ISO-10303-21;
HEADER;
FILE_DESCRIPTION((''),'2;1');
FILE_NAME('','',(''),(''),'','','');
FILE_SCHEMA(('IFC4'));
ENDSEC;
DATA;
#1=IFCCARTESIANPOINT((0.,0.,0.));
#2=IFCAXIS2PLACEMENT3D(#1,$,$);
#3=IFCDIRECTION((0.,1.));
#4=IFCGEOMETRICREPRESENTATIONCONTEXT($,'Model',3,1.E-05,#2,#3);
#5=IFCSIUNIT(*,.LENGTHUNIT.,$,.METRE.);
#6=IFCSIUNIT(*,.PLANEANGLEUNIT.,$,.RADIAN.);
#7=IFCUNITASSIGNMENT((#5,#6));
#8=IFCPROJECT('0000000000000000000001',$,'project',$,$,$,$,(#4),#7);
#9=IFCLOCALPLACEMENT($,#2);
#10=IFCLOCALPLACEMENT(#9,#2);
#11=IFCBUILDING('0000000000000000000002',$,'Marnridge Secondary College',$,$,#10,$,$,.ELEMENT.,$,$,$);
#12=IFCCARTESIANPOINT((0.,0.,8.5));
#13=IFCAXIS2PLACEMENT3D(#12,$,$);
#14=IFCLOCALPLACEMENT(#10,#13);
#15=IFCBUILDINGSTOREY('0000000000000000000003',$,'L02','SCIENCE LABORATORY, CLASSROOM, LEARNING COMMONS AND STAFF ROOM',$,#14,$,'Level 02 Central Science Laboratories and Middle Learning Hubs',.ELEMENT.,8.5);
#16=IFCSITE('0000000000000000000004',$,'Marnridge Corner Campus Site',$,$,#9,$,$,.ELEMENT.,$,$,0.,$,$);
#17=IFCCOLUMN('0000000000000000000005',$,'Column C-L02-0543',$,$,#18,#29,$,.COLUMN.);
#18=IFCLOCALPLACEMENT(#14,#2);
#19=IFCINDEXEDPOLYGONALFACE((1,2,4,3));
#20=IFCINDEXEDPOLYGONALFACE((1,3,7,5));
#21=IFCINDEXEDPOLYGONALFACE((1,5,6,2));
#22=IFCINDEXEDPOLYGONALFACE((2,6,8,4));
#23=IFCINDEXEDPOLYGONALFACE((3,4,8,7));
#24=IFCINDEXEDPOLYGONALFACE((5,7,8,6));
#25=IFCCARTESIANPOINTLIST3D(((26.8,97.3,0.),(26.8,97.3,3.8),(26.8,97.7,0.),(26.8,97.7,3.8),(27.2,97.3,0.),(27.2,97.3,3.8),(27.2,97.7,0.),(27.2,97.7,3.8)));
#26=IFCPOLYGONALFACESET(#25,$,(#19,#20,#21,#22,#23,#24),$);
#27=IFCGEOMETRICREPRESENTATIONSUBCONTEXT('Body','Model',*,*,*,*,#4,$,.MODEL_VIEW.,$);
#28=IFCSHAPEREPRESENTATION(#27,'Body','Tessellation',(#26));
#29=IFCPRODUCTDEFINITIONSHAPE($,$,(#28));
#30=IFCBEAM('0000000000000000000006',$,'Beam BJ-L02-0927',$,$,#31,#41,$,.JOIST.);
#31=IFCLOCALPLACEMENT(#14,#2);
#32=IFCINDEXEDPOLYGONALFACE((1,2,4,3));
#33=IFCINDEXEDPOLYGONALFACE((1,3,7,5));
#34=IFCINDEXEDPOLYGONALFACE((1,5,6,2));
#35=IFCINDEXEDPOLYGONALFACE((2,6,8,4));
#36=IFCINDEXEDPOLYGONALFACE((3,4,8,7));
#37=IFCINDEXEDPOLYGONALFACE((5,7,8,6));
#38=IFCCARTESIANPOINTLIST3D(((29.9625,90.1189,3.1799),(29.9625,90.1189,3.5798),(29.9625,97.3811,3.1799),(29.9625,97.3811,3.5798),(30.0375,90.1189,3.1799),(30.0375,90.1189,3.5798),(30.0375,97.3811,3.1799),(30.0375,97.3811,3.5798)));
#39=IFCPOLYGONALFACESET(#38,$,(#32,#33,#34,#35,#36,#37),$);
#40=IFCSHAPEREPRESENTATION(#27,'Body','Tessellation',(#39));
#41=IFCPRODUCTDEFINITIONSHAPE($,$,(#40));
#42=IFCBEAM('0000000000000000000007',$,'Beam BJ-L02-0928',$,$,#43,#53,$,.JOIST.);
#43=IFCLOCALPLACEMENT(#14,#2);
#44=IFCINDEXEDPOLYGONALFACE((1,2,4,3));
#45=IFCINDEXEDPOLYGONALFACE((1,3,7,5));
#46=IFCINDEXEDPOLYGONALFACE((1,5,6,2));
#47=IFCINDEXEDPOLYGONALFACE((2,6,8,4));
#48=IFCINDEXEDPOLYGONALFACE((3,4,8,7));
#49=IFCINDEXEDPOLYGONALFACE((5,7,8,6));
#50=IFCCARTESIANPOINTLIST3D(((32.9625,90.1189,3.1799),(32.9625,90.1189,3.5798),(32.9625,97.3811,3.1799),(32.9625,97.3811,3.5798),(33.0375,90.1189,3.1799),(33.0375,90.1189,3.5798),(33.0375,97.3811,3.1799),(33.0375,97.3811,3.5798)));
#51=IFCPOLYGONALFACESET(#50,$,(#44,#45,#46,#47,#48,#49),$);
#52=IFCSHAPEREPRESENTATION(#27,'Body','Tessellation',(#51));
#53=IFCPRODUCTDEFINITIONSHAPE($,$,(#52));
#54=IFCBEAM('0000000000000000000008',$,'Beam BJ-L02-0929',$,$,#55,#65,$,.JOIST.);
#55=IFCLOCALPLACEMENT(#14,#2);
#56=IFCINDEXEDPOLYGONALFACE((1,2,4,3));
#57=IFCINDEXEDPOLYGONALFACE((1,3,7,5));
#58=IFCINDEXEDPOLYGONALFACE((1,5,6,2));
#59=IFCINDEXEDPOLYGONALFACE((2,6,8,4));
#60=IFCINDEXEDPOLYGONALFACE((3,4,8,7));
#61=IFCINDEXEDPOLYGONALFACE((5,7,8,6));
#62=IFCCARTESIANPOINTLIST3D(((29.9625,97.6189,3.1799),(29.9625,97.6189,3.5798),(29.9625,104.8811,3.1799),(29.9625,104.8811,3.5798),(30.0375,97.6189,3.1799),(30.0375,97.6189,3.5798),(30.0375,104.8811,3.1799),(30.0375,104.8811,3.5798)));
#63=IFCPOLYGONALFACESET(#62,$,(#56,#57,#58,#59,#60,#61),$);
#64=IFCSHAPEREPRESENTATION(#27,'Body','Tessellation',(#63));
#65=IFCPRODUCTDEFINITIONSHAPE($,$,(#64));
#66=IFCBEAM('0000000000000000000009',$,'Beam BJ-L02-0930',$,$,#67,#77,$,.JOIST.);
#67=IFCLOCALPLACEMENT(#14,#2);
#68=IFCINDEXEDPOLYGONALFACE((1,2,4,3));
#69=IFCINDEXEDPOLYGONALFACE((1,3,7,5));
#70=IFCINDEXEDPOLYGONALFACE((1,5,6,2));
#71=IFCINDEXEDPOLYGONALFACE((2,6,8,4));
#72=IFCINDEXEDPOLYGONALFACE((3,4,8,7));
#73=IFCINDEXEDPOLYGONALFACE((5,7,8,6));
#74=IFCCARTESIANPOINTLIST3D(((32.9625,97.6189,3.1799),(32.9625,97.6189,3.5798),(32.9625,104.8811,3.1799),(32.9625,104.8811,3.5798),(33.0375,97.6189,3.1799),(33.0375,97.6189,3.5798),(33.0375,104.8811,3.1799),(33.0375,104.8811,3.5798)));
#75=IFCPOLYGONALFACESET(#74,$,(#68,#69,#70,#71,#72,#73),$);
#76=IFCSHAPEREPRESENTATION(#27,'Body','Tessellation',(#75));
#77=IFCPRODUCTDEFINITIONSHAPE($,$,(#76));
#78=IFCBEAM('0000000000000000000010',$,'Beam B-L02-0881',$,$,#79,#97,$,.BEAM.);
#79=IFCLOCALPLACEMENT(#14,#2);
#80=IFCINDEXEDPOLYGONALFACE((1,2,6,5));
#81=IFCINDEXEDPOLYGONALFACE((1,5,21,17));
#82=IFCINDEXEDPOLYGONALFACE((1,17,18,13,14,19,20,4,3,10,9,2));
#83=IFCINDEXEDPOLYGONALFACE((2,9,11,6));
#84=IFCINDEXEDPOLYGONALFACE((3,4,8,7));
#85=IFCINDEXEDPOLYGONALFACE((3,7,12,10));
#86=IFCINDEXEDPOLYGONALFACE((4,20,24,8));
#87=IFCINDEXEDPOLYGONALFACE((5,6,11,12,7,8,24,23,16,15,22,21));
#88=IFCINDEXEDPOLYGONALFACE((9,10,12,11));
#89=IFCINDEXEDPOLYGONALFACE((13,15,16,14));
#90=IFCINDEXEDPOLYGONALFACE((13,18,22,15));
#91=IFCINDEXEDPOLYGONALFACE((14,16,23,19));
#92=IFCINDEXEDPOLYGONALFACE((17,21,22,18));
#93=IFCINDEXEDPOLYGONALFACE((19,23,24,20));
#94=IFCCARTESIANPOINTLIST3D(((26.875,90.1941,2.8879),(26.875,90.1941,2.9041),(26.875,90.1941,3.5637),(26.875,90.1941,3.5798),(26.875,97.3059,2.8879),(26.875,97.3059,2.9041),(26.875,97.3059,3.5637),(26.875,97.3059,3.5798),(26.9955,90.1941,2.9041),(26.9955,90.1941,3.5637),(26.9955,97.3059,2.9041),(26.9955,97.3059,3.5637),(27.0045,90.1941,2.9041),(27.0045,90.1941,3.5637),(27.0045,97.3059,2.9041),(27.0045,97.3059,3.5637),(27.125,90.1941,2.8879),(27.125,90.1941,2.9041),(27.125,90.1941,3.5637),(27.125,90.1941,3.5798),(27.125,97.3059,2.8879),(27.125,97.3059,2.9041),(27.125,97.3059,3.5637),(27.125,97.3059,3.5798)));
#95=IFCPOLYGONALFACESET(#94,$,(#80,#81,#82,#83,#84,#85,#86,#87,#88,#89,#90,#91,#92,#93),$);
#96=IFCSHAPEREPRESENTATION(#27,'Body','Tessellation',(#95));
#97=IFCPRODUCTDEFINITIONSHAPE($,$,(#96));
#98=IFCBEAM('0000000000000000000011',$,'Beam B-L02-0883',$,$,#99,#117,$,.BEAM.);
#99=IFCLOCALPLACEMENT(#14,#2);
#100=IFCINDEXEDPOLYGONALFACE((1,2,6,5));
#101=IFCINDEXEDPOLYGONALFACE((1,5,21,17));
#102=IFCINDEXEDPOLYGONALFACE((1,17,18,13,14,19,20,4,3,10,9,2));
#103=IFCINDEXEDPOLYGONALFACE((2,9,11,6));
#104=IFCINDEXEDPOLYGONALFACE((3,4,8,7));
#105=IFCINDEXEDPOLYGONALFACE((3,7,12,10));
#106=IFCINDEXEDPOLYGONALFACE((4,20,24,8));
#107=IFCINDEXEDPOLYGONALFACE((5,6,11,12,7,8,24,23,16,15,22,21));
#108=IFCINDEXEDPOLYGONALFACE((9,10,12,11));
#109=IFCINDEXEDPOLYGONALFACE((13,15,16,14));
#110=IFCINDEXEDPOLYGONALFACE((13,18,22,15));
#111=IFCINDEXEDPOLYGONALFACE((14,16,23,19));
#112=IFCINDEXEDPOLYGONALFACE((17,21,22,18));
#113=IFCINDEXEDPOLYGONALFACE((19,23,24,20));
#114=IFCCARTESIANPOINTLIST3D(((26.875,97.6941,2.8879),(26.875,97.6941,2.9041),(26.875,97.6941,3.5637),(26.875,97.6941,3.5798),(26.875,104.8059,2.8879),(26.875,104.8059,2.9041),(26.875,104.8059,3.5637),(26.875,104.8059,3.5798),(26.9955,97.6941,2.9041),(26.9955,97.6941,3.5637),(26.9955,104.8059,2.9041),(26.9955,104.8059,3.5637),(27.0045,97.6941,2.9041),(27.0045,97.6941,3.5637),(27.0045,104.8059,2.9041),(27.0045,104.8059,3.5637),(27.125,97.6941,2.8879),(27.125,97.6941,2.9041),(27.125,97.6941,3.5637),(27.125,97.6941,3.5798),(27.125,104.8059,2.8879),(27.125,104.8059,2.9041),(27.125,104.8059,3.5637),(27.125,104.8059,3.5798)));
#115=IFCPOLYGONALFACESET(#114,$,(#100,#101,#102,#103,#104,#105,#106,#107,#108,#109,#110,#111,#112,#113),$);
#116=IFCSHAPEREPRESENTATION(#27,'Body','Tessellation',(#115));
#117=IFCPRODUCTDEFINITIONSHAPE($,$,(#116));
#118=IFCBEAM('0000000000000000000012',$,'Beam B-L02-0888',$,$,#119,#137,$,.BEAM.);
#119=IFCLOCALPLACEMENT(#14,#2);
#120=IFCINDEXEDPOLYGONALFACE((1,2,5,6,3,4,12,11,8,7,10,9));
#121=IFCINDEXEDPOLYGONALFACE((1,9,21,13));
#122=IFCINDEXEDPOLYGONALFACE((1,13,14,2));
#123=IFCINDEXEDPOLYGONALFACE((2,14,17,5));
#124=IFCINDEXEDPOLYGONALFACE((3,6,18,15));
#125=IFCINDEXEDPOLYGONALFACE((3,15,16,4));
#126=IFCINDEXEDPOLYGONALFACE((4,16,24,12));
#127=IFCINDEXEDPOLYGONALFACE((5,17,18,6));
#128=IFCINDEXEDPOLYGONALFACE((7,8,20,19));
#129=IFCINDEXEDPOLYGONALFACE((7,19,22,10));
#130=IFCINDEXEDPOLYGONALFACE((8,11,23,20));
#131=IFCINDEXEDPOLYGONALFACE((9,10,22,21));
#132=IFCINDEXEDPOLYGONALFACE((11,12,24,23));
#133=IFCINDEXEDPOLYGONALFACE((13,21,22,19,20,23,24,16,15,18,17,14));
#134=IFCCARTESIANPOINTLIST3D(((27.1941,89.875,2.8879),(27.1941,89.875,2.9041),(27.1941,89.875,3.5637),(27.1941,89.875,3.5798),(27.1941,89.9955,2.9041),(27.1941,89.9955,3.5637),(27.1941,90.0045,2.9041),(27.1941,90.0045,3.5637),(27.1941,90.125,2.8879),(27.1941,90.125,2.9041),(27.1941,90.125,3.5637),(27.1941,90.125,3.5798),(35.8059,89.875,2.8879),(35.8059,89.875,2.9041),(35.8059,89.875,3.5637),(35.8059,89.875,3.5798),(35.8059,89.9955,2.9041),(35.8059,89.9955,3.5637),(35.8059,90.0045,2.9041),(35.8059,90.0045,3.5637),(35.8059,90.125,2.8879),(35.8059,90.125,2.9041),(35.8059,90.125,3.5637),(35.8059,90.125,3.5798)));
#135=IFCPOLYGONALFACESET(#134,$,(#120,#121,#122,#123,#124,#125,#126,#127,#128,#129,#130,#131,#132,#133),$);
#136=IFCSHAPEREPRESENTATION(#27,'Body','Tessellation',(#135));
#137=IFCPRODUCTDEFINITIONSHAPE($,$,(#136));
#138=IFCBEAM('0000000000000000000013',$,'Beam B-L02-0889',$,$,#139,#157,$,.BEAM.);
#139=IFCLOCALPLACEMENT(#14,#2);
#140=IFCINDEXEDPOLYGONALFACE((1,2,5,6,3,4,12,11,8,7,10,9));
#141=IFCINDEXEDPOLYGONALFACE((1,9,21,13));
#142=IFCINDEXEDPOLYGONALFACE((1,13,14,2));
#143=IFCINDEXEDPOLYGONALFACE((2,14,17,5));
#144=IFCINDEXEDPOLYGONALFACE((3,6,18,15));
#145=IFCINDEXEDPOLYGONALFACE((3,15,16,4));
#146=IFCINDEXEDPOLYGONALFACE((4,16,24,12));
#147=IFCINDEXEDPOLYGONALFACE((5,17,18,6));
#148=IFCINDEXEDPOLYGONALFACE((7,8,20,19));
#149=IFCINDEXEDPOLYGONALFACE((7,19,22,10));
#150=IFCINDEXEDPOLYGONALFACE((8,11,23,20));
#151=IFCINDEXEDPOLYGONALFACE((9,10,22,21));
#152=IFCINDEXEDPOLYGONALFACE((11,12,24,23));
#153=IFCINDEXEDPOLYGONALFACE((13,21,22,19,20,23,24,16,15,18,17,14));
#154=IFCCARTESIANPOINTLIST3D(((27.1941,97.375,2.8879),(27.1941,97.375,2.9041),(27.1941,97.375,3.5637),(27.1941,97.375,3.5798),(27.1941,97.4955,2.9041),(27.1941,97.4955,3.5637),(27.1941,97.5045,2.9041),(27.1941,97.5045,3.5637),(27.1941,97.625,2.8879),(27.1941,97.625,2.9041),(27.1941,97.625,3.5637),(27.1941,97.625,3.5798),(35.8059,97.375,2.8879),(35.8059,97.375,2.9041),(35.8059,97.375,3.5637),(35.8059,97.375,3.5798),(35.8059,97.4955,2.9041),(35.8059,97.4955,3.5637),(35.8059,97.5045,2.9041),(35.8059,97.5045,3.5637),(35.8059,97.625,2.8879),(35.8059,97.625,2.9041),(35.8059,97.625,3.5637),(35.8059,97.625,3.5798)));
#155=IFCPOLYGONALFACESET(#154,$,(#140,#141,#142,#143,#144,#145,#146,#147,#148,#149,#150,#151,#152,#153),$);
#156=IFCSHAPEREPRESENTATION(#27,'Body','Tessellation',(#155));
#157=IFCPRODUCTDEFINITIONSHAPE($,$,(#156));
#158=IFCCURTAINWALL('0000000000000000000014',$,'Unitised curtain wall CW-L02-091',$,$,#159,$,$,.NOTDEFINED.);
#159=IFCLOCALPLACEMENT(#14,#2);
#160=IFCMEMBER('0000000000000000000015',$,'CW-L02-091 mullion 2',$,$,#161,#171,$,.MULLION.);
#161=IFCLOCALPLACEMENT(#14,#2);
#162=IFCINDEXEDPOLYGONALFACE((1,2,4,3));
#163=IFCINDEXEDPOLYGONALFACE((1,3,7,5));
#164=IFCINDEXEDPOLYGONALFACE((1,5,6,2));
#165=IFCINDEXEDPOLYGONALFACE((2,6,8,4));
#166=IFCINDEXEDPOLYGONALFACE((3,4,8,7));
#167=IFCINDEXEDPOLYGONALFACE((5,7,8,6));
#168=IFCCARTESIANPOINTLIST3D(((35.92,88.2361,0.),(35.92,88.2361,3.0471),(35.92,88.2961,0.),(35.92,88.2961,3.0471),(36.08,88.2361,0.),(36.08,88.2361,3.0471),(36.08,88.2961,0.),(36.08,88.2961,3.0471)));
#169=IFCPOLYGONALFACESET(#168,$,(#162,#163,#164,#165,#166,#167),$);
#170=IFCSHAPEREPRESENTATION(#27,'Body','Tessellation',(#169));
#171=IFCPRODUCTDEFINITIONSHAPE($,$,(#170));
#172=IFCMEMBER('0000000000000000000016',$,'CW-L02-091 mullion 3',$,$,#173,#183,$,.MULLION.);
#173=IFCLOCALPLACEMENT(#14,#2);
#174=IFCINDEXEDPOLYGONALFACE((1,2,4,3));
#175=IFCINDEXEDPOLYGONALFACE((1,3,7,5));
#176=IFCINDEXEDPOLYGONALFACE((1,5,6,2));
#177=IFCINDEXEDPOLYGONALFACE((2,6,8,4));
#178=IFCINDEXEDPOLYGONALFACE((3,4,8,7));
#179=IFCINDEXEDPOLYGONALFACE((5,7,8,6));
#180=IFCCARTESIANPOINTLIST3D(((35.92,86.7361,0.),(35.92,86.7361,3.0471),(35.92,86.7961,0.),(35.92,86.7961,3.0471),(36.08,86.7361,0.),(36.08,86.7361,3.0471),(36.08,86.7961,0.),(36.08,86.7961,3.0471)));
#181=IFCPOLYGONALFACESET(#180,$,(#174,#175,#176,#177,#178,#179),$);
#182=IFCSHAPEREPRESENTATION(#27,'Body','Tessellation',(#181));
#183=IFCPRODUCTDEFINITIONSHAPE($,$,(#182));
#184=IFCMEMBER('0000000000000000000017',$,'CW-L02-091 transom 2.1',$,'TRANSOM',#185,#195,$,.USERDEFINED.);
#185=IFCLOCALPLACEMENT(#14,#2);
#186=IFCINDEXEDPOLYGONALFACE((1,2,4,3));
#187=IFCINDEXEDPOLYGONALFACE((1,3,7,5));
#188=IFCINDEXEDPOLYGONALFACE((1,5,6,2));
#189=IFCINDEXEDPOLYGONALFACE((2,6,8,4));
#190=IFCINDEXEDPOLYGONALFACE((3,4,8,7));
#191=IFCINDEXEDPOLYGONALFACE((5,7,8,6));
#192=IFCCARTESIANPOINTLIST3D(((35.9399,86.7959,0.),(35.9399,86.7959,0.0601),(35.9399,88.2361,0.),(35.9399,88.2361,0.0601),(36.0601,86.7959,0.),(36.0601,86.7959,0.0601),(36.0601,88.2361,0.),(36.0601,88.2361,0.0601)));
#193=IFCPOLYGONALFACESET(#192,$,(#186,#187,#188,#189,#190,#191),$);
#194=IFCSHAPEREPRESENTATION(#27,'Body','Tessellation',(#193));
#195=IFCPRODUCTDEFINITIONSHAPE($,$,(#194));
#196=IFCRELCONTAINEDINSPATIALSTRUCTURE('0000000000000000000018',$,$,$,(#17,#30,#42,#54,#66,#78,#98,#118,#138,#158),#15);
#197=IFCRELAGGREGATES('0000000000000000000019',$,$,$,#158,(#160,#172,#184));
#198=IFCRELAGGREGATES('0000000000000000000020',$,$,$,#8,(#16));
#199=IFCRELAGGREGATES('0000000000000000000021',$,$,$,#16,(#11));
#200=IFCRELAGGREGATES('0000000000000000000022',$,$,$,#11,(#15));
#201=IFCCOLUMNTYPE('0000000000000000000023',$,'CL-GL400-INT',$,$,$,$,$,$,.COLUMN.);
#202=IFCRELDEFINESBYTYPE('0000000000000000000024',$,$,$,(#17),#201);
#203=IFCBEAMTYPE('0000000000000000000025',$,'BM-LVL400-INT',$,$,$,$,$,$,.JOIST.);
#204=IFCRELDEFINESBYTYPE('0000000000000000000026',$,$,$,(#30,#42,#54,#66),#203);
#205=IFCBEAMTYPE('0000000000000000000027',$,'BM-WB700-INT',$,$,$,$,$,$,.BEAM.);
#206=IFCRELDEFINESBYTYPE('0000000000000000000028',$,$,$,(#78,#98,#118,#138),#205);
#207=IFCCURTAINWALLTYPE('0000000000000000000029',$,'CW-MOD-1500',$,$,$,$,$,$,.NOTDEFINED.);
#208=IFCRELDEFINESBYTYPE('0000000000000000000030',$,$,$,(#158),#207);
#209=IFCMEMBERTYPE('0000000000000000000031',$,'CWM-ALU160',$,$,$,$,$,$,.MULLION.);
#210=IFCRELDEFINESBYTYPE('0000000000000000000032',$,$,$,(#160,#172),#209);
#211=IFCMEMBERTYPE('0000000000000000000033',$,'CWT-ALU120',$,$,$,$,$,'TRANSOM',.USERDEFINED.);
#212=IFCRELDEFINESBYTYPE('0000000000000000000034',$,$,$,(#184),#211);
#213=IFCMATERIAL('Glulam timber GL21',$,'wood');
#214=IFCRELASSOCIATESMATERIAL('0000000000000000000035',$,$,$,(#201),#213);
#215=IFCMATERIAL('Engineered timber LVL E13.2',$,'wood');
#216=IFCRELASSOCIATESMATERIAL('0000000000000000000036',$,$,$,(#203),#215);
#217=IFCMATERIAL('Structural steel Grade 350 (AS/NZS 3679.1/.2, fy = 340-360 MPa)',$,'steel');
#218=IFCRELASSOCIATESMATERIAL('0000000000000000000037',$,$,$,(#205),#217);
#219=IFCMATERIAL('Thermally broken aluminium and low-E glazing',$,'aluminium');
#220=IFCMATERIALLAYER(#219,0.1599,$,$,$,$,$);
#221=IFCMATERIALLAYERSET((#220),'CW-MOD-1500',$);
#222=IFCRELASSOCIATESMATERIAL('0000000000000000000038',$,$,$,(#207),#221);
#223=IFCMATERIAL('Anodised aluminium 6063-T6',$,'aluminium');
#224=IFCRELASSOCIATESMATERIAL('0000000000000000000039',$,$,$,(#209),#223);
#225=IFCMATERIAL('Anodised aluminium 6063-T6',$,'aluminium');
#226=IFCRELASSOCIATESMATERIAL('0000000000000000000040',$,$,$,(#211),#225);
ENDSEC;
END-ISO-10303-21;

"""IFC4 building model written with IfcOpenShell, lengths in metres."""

from ifc_helpers import new_model, si_unit, direction, frame, origin, origin_2d, place, context, subcontext, project, spatial, rectangle, i_section, extrude, material, layer, layer_set, material_profile, profile_set, type_object, element, aggregate, save


model = new_model("IFC4")

# Units and contexts
model_context = context("Model", 3, precision=1e-05, world=origin(), true_north=direction((0.0, 1.0)))
body_context = subcontext(model_context, "Body", "Model", "MODEL_VIEW")
ifc_project = project(units=[si_unit("LENGTHUNIT", "METRE"), si_unit("PLANEANGLEUNIT", "RADIAN")], contexts=[model_context])

# Site, building, storey
site_placement = place(None, origin())
site = spatial("IfcSite", under=ifc_project, at=site_placement, Name="Marnridge Corner Campus Site", CompositionType="ELEMENT", RefElevation=0.0)
building_placement = place(site_placement, origin())
building = spatial("IfcBuilding", under=site, at=building_placement, Name="Marnridge Secondary College", CompositionType="ELEMENT")
storey_placement = place(building_placement, frame((0.0, 0.0, 8.5)))
storey = spatial("IfcBuildingStorey", under=building, at=storey_placement, Name="L02", Description="SCIENCE LABORATORY, CLASSROOM, LEARNING COMMONS AND STAFF ROOM", LongName="Level 02 Central Science Laboratories and Middle Learning Hubs", CompositionType="ELEMENT", Elevation=8.5)

# Column
ifc_material_1 = material(Name="Glulam timber GL21", Category="wood")
ifc_material_profile_1 = material_profile(ifc_material_1, rectangle(XDim=0.3999, YDim=0.3999, at=origin_2d()), Name="GL21 400x400")
ifc_profile_set_1 = profile_set([ifc_material_profile_1], Name="Glulam timber GL21")
column_type = type_object("IfcColumnType", Name="CL-GL400-INT", PredefinedType="COLUMN", material=ifc_profile_set_1)
column_placement = place(storey_placement, frame((27.0, 97.5, 0.0), z_axis=(0.0, 0.0, 1.0), x_axis=(1.0, 0.0, 0.0)))
element("IfcColumn", 1, at=column_placement, inside=storey, type_object=column_type, Name="Column C-L02-0543", PredefinedType="COLUMN", context=body_context, shape_type="SweptSolid", body=[
    extrude(rectangle(XDim=0.3999, YDim=0.3999, at=origin_2d()), origin(), (0.0, 0.0, 1.0), 3.8),
])

# Beams
ifc_material_2 = material(Name="Engineered timber LVL E13.2", Category="wood")
ifc_material_profile_2 = material_profile(ifc_material_2, rectangle(XDim=0.075, YDim=0.3999, at=origin_2d()), Name="LVL 75x400")
ifc_profile_set_2 = profile_set([ifc_material_profile_2], Name="Engineered timber LVL E13.2")
beam_type_1 = type_object("IfcBeamType", Name="BM-LVL400-INT", PredefinedType="JOIST", material=ifc_profile_set_2)
for number, where, z_axis, x_axis, name in (
    (2, (30.0, 90.1189, 3.3799), (0.0, 1.0, 0.0), (-1.0, 0.0, 0.0), "Beam BJ-L02-0927"),
    (3, (33.0, 90.1189, 3.3799), (0.0, 1.0, 0.0), (-1.0, 0.0, 0.0), "Beam BJ-L02-0928"),
    (4, (30.0, 97.6189, 3.3799), (0.0, 1.0, 0.0), (-1.0, 0.0, 0.0), "Beam BJ-L02-0929"),
    (5, (33.0, 97.6189, 3.3799), (0.0, 1.0, 0.0), (-1.0, 0.0, 0.0), "Beam BJ-L02-0930"),
):
    element("IfcBeam", number, at=place(storey_placement, frame(where, z_axis=z_axis, x_axis=x_axis)), inside=storey, type_object=beam_type_1, Name=name, PredefinedType="JOIST", context=body_context, shape_type="SweptSolid", body=[
        extrude(rectangle(XDim=0.075, YDim=0.3999, at=origin_2d()), origin(), (0.0, 0.0, 1.0), 7.2622),
    ])
ifc_material_3 = material(Name="Structural steel Grade 350 (AS/NZS 3679.1/.2, fy = 340-360 MPa)", Category="steel")
ifc_material_profile_3 = material_profile(ifc_material_3, i_section(OverallWidth=0.25, OverallDepth=0.6919, WebThickness=0.009, FlangeThickness=0.0161, at=origin_2d()), Name="700WB115")
ifc_profile_set_3 = profile_set([ifc_material_profile_3], Name="Structural steel Grade 350 (AS/NZS 3679.1/.2, fy = 340-360 MPa)")
beam_type_2 = type_object("IfcBeamType", Name="BM-WB700-INT", PredefinedType="BEAM", material=ifc_profile_set_3)
for number, where, z_axis, x_axis, name in (
    (6, (27.0, 90.1941, 3.2339), (0.0, 1.0, 0.0), (-1.0, 0.0, 0.0), "Beam B-L02-0881"),
    (7, (27.0, 97.6941, 3.2339), (0.0, 1.0, 0.0), (-1.0, 0.0, 0.0), "Beam B-L02-0883"),
):
    element("IfcBeam", number, at=place(storey_placement, frame(where, z_axis=z_axis, x_axis=x_axis)), inside=storey, type_object=beam_type_2, Name=name, PredefinedType="BEAM", context=body_context, shape_type="SweptSolid", body=[
        extrude(i_section(OverallWidth=0.25, OverallDepth=0.6919, WebThickness=0.009, FlangeThickness=0.0161, at=origin_2d()), origin(), (0.0, 0.0, 1.0), 7.1118),
    ])
for number, where, z_axis, x_axis, name in (
    (8, (27.1941, 90.0, 3.2339), (1.0, 0.0, 0.0), (0.0, 1.0, 0.0), "Beam B-L02-0888"),
    (9, (27.1941, 97.5, 3.2339), (1.0, 0.0, 0.0), (0.0, 1.0, 0.0), "Beam B-L02-0889"),
):
    element("IfcBeam", number, at=place(storey_placement, frame(where, z_axis=z_axis, x_axis=x_axis)), inside=storey, type_object=beam_type_2, Name=name, PredefinedType="BEAM", context=body_context, shape_type="SweptSolid", body=[
        extrude(i_section(OverallWidth=0.25, OverallDepth=0.6919, WebThickness=0.009, FlangeThickness=0.0161, at=origin_2d()), origin(), (0.0, 0.0, 1.0), 8.6118),
    ])

# Curtain wall, members
ifc_material_4 = material(Name="Thermally broken aluminium and low-E glazing", Category="aluminium")
ifc_layer_1 = layer(ifc_material_4, 0.1599)
ifc_layer_set_1 = layer_set([ifc_layer_1], Name="CW-MOD-1500")
curtain_wall_type = type_object("IfcCurtainWallType", Name="CW-MOD-1500", PredefinedType="NOTDEFINED", material=ifc_layer_set_1)
curtain_wall_placement = place(storey_placement, origin())
curtain_wall = element("IfcCurtainWall", 10, at=curtain_wall_placement, inside=storey, type_object=curtain_wall_type, Name="Unitised curtain wall CW-L02-091", PredefinedType="NOTDEFINED")
ifc_material_5 = material(Name="Anodised aluminium 6063-T6", Category="aluminium")
ifc_material_profile_4 = material_profile(ifc_material_5, rectangle(XDim=0.0601, YDim=0.1599, at=origin_2d()), Name="ALU 60x160")
ifc_profile_set_4 = profile_set([ifc_material_profile_4], Name="Anodised aluminium 6063-T6")
member_type_1 = type_object("IfcMemberType", Name="CWM-ALU160", PredefinedType="MULLION", material=ifc_profile_set_4)
member_1_placement = place(storey_placement, frame((36.0, 88.2661, 0.0), z_axis=(0.0, 0.0, 1.0), x_axis=(0.0, -1.0, 0.0)))
member_1 = element("IfcMember", 11, at=member_1_placement, type_object=member_type_1, Name="CW-L02-091 mullion 2", PredefinedType="MULLION", context=body_context, shape_type="SweptSolid", body=[
    extrude(rectangle(XDim=0.0601, YDim=0.1599, at=origin_2d()), origin(), (0.0, 0.0, 1.0), 3.0471),
])
member_2_placement = place(storey_placement, frame((36.0, 86.7661, 0.0), z_axis=(0.0, 0.0, 1.0), x_axis=(0.0, -1.0, 0.0)))
member_2 = element("IfcMember", 12, at=member_2_placement, type_object=member_type_1, Name="CW-L02-091 mullion 3", PredefinedType="MULLION", context=body_context, shape_type="SweptSolid", body=[
    extrude(rectangle(XDim=0.0601, YDim=0.1599, at=origin_2d()), origin(), (0.0, 0.0, 1.0), 3.0471),
])
ifc_material_6 = material(Name="Anodised aluminium 6063-T6", Category="aluminium")
ifc_material_profile_5 = material_profile(ifc_material_6, rectangle(XDim=0.0601, YDim=0.1201, at=origin_2d()), Name="ALU 60x120")
ifc_profile_set_5 = profile_set([ifc_material_profile_5], Name="Anodised aluminium 6063-T6")
member_type_2 = type_object("IfcMemberType", Name="CWT-ALU120", ElementType="TRANSOM", PredefinedType="USERDEFINED", material=ifc_profile_set_5)
member_3_placement = place(storey_placement, frame((36.0, 88.2361, 0.03), z_axis=(0.0, -1.0, 0.0), x_axis=(0.0, 0.0, 1.0)))
member_3 = element("IfcMember", 13, at=member_3_placement, type_object=member_type_2, Name="CW-L02-091 transom 2.1", ObjectType="TRANSOM", PredefinedType="USERDEFINED", context=body_context, shape_type="SweptSolid", body=[
    extrude(rectangle(XDim=0.0601, YDim=0.1201, at=origin_2d()), origin(), (0.0, 0.0, 1.0), 1.4402),
])
aggregate(curtain_wall, [member_1, member_2, member_3])

save(model, "model.ifc")
